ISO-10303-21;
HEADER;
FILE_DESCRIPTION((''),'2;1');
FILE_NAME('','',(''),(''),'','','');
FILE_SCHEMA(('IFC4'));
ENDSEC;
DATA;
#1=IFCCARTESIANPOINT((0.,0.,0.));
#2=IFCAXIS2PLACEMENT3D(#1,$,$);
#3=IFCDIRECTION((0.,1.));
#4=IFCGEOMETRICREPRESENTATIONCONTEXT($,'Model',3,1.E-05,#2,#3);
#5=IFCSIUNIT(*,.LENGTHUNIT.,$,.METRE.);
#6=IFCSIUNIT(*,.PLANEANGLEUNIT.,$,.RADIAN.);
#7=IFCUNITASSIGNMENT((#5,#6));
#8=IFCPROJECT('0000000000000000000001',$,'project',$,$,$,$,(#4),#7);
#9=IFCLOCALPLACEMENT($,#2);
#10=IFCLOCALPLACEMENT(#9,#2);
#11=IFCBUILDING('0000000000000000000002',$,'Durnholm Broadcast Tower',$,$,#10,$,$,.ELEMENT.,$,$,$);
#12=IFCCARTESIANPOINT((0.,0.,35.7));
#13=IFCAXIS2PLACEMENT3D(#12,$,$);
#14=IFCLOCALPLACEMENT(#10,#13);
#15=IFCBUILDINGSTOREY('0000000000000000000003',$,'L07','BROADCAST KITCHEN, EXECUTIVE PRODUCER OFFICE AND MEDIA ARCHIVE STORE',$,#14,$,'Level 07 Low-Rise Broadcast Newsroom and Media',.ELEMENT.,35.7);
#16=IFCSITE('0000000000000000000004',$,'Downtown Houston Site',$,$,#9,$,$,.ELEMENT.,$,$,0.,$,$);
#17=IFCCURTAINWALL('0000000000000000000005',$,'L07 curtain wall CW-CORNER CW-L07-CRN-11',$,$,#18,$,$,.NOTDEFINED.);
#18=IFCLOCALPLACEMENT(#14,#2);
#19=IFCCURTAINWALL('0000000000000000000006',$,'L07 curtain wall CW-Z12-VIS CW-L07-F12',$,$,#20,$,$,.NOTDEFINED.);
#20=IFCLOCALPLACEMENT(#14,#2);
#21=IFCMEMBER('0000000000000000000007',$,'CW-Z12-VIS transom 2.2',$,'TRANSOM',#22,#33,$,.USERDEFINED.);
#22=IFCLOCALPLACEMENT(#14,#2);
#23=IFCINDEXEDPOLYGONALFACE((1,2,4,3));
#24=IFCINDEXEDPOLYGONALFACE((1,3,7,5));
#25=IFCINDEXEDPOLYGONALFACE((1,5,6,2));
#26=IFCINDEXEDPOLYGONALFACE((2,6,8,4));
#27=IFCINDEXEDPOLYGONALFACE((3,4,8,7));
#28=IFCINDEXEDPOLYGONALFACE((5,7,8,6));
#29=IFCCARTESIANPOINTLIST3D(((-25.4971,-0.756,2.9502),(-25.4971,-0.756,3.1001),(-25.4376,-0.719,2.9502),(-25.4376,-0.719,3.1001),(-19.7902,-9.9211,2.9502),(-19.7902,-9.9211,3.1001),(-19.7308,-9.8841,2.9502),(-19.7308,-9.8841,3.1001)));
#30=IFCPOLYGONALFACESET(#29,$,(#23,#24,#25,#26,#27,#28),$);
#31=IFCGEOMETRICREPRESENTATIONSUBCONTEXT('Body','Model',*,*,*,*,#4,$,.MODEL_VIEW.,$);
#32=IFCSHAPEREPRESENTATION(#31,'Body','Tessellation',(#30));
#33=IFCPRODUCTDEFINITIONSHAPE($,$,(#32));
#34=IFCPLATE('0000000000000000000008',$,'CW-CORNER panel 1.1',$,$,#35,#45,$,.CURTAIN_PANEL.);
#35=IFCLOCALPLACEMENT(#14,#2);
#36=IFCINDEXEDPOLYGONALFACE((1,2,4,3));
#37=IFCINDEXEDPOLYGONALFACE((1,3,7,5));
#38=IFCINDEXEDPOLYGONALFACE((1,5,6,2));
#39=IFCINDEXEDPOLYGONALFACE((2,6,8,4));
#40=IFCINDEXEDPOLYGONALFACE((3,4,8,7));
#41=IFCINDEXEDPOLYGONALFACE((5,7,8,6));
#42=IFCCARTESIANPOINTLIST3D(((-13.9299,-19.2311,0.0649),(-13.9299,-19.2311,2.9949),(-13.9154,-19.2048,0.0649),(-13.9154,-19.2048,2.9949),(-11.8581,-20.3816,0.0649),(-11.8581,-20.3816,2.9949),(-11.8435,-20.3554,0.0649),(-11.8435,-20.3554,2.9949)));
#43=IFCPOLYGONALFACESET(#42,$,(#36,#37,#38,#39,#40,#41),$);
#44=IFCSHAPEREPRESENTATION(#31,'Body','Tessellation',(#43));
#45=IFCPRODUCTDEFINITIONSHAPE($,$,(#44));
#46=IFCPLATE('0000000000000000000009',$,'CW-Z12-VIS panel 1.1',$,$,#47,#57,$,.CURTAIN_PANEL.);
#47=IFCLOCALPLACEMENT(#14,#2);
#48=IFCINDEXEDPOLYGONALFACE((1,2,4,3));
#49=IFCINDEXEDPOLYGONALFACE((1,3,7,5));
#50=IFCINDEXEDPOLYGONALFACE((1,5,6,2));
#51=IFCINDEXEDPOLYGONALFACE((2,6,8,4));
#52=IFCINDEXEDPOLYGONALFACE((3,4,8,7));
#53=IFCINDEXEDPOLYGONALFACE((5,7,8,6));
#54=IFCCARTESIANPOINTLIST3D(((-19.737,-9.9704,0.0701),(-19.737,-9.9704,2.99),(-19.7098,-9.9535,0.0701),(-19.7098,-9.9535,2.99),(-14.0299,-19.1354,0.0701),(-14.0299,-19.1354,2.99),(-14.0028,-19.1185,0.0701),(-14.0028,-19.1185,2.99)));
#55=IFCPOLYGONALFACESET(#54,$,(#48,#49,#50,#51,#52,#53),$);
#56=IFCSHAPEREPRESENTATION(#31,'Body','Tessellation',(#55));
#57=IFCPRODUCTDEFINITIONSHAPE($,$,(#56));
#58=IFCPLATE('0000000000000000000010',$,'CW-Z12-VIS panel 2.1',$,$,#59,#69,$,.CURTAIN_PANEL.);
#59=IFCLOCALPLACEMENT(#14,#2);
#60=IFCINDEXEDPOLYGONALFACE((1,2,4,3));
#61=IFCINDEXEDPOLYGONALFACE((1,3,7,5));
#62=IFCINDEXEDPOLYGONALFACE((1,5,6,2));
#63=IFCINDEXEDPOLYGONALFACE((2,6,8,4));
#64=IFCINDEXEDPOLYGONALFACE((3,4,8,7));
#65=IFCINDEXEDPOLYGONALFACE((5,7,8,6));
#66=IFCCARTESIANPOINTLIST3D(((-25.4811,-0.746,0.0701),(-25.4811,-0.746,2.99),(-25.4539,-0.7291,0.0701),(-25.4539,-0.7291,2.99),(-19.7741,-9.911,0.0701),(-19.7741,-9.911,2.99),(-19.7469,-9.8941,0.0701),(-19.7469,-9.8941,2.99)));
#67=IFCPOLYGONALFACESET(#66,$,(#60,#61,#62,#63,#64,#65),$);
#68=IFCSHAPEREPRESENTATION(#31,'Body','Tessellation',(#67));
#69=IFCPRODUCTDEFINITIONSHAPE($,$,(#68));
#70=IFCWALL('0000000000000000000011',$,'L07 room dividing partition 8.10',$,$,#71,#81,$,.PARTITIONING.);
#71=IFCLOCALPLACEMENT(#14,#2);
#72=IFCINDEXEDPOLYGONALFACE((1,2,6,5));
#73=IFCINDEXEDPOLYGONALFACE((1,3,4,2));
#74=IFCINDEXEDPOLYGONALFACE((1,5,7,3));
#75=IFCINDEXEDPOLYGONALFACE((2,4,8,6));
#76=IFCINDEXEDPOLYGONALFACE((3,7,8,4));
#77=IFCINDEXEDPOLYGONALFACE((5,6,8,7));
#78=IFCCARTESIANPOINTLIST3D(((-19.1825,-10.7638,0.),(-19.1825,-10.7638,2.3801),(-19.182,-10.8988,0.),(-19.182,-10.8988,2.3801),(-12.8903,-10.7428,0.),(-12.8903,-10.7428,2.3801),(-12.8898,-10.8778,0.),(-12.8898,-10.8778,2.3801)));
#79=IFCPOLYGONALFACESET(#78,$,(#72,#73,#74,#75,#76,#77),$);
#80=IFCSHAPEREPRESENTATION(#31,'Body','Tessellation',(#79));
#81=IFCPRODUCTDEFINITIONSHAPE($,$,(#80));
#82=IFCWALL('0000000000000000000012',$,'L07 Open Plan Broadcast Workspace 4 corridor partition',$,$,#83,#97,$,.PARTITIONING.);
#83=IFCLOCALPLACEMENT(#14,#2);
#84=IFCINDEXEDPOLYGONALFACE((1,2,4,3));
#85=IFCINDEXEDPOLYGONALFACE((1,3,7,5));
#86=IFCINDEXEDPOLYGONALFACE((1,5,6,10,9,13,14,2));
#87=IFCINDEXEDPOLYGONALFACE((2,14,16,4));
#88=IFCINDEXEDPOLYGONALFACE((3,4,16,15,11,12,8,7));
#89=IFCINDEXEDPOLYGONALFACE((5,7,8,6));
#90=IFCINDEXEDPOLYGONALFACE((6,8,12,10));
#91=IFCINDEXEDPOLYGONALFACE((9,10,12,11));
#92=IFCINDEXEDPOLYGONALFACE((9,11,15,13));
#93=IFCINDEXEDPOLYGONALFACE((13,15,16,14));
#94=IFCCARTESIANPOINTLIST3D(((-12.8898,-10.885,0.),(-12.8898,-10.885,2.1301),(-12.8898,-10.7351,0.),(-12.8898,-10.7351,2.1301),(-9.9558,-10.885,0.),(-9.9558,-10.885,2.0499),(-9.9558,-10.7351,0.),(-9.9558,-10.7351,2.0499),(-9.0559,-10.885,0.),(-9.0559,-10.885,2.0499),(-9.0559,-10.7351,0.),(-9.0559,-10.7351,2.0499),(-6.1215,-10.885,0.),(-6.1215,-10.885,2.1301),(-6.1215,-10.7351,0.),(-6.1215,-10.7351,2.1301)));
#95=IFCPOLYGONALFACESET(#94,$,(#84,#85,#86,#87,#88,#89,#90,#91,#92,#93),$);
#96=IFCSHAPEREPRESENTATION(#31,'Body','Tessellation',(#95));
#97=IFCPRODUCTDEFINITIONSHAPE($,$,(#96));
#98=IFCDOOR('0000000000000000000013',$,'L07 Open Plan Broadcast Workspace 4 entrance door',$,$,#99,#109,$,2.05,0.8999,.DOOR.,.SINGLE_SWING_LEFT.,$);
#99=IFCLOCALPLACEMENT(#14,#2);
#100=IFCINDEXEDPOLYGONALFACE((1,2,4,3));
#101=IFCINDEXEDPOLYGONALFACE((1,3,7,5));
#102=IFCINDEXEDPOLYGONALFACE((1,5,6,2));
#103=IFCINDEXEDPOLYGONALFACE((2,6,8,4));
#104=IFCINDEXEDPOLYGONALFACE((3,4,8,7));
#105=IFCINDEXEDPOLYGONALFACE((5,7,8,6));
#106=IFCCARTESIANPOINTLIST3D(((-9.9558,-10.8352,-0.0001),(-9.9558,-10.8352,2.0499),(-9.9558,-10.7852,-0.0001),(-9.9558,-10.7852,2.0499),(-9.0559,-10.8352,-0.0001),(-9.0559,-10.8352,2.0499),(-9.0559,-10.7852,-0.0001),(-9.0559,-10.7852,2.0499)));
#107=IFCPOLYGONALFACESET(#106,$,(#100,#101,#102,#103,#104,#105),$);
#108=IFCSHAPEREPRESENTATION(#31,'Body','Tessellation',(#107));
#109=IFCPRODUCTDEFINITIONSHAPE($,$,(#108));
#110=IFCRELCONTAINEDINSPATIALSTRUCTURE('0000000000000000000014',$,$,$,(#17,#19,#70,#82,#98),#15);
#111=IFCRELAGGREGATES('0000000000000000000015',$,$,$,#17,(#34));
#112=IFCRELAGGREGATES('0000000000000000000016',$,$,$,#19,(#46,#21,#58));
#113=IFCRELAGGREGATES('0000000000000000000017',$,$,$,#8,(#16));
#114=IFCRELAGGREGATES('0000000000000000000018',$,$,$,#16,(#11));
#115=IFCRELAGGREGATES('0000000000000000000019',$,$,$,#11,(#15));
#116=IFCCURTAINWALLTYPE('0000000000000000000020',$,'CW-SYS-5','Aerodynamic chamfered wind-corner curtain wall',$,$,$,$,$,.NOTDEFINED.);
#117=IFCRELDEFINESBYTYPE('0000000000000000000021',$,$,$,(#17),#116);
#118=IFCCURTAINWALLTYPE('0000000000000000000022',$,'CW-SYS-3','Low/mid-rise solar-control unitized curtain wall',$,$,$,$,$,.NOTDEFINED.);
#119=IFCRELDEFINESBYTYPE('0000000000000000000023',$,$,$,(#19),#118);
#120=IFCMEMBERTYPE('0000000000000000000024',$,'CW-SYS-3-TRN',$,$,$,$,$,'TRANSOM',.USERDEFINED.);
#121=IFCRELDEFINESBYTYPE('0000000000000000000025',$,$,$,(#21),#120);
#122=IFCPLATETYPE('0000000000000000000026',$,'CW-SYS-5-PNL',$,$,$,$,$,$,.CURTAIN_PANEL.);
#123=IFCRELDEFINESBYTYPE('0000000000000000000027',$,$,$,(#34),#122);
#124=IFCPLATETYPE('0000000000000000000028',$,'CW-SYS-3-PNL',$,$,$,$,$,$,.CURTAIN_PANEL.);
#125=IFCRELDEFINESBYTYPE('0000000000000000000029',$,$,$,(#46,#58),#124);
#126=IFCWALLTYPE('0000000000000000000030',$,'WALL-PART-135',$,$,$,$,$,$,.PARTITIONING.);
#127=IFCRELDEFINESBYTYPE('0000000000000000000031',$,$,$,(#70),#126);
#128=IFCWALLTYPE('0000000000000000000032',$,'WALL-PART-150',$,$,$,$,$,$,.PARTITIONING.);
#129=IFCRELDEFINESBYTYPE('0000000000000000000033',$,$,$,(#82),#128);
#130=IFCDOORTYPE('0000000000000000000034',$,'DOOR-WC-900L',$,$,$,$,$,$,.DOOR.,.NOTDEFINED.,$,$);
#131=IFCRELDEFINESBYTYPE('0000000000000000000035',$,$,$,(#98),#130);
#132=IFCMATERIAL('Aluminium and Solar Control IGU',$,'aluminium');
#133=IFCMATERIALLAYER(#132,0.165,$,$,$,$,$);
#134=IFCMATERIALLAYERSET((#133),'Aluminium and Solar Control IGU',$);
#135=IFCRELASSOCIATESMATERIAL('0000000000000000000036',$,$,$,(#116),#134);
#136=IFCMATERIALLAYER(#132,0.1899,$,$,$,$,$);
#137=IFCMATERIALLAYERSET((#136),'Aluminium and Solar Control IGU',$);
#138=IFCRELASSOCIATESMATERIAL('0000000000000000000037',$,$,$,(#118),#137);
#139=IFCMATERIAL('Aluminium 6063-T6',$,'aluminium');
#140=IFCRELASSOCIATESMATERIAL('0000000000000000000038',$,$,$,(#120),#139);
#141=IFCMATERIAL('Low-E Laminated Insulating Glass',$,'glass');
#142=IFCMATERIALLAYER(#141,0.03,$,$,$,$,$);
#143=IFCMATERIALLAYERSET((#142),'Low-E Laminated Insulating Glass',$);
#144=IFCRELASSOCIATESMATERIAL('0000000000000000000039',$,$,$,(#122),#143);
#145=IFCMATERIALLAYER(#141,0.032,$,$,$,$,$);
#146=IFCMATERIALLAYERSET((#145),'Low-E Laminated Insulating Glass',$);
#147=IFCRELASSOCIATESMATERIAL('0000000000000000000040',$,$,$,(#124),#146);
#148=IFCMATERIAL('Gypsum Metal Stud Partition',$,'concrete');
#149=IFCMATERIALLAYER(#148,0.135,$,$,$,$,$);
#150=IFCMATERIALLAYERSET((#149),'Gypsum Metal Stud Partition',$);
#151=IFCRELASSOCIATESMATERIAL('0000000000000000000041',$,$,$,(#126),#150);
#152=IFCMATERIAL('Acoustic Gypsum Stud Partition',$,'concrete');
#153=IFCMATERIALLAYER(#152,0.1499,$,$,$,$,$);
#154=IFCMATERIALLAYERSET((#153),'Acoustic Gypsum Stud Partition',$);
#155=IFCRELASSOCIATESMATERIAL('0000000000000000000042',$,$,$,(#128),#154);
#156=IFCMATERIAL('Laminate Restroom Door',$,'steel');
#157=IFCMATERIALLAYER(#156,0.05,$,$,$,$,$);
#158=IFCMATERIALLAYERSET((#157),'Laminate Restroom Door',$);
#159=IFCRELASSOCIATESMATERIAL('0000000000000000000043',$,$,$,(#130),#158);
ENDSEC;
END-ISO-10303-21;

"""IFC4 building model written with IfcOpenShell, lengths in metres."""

from ifc_helpers import new_model, si_unit, direction, frame, frame_2d, origin, origin_2d, place, context, subcontext, project, spatial, rectangle, extrude, source, transform, mapped, material, layer, layer_set, material_profile, profile_set, type_object, type_shapes, element, fill, aggregate, save


model = new_model("IFC4")

# Units and contexts
model_context = context("Model", 3, precision=1e-05, world=origin(), true_north=direction((0.0, 1.0)))
body_context = subcontext(model_context, "Body", "Model", "MODEL_VIEW")
ifc_project = project(units=[si_unit("LENGTHUNIT", "METRE"), si_unit("PLANEANGLEUNIT", "RADIAN")], contexts=[model_context])

# Site, building, storey
site_placement = place(None, origin())
site = spatial("IfcSite", under=ifc_project, at=site_placement, Name="Downtown Houston Site", CompositionType="ELEMENT", RefElevation=0.0)
building_placement = place(site_placement, origin())
building = spatial("IfcBuilding", under=site, at=building_placement, Name="Durnholm Broadcast Tower", CompositionType="ELEMENT")
storey_placement = place(building_placement, frame((0.0, 0.0, 35.7)))
storey = spatial("IfcBuildingStorey", under=building, at=storey_placement, Name="L07", Description="BROADCAST KITCHEN, EXECUTIVE PRODUCER OFFICE AND MEDIA ARCHIVE STORE", LongName="Level 07 Low-Rise Broadcast Newsroom and Media", CompositionType="ELEMENT", Elevation=35.7)

# Shared definitions
ifc_material_1 = material(Name="Aluminium and Solar Control IGU", Category="aluminium")
ifc_layer_1 = layer(ifc_material_1, 0.165)
ifc_layer_set_1 = layer_set([ifc_layer_1], Name="Aluminium and Solar Control IGU")
curtain_wall_type_1 = type_object("IfcCurtainWallType", Name="CW-SYS-5", Description="Aerodynamic chamfered wind-corner curtain wall", PredefinedType="NOTDEFINED", material=ifc_layer_set_1)
ifc_material_2 = material(Name="Aluminium 6063-T6", Category="aluminium")

# Curtain wall
curtain_wall_1_placement = place(storey_placement, origin())
curtain_wall_1 = element("IfcCurtainWall", 1, at=curtain_wall_1_placement, inside=storey, type_object=curtain_wall_type_1, Name="L07 curtain wall CW-CORNER CW-L07-CRN-11", PredefinedType="NOTDEFINED")

# Shared definitions
ifc_layer_2 = layer(ifc_material_1, 0.1899)
ifc_layer_set_2 = layer_set([ifc_layer_2], Name="Aluminium and Solar Control IGU")
curtain_wall_type_2 = type_object("IfcCurtainWallType", Name="CW-SYS-3", Description="Low/mid-rise solar-control unitized curtain wall", PredefinedType="NOTDEFINED", material=ifc_layer_set_2)

# Curtain wall, member
curtain_wall_2_placement = place(storey_placement, origin())
curtain_wall_2 = element("IfcCurtainWall", 2, at=curtain_wall_2_placement, inside=storey, type_object=curtain_wall_type_2, Name="L07 curtain wall CW-Z12-VIS CW-L07-F12", PredefinedType="NOTDEFINED")
ifc_material_profile_1 = material_profile(ifc_material_2, rectangle(XDim=0.0701, YDim=0.1499, at=origin_2d()), Name="CWT70X150")
ifc_profile_set_1 = profile_set([ifc_material_profile_1], Name="Aluminium 6063-T6")
member_type_1 = type_object("IfcMemberType", Name="CW-SYS-3-TRN", ElementType="TRANSOM", PredefinedType="USERDEFINED", material=ifc_profile_set_1)
shared_shape_1 = source(origin(), body_context, "Body", "SweptSolid", [
    extrude(rectangle(XDim=0.0701, YDim=0.1499, at=origin_2d()), origin(), (0.0, 0.0, 1.0), 10.7966),
])
type_shapes(member_type_1, [shared_shape_1])
member_1_placement = place(storey_placement, frame((-19.7605, -9.9026, 3.0251), z_axis=(-0.528575, 0.848886, 0.0), x_axis=(-0.848886, -0.528575, 0.0)))
member_1 = element("IfcMember", 3, at=member_1_placement, type_object=member_type_1, Name="CW-Z12-VIS transom 2.2", ObjectType="TRANSOM", PredefinedType="USERDEFINED", context=body_context, shape_type="MappedRepresentation", body=[
    mapped(shared_shape_1, transform((0.0, 0.0, 0.0), x_axis=(1.0, 0.0, 0.0), y_axis=(0.0, 1.0, 0.0), z_axis=(0.0, 0.0, 1.0), scale=1.0)),
])

# Plates
ifc_material_3 = material(Name="Low-E Laminated Insulating Glass", Category="glass")
ifc_layer_3 = layer(ifc_material_3, 0.03)
ifc_layer_set_3 = layer_set([ifc_layer_3], Name="Low-E Laminated Insulating Glass")
plate_type_1 = type_object("IfcPlateType", Name="CW-SYS-5-PNL", PredefinedType="CURTAIN_PANEL", material=ifc_layer_set_3)
shared_shape_2 = source(origin(), body_context, "Body", "SweptSolid", [
    extrude(rectangle(XDim=2.3699, YDim=0.03, at=origin_2d()), origin(), (0.0, 0.0, 1.0), 2.9299),
])
type_shapes(plate_type_1, [shared_shape_2])
plate_1_placement = place(storey_placement, frame((-12.8867, -19.7932, 0.0649), z_axis=(0.0, 0.0, 1.0), x_axis=(-0.874246, 0.485483, 0.0)))
plate_1 = element("IfcPlate", 4, at=plate_1_placement, type_object=plate_type_1, Name="CW-CORNER panel 1.1", PredefinedType="CURTAIN_PANEL", context=body_context, shape_type="MappedRepresentation", body=[
    mapped(shared_shape_2, transform((0.0, 0.0, 0.0), x_axis=(1.0, 0.0, 0.0), y_axis=(0.0, 1.0, 0.0), z_axis=(0.0, 0.0, 1.0), scale=1.0)),
])
aggregate(curtain_wall_1, [plate_1])
ifc_layer_4 = layer(ifc_material_3, 0.032)
ifc_layer_set_4 = layer_set([ifc_layer_4], Name="Low-E Laminated Insulating Glass")
plate_type_2 = type_object("IfcPlateType", Name="CW-SYS-3-PNL", PredefinedType="CURTAIN_PANEL", material=ifc_layer_set_4)
shared_shape_3 = source(origin(), body_context, "Body", "SweptSolid", [
    extrude(rectangle(XDim=10.7966, YDim=0.032, at=origin_2d()), origin(), (0.0, 0.0, 1.0), 2.9199),
])
type_shapes(plate_type_2, [shared_shape_3])
plate_2_placement = place(storey_placement, frame((-16.8699, -14.5444, 0.0701), z_axis=(0.0, 0.0, 1.0), x_axis=(-0.528592, 0.848876, 0.0)))
plate_2 = element("IfcPlate", 5, at=plate_2_placement, type_object=plate_type_2, Name="CW-Z12-VIS panel 1.1", PredefinedType="CURTAIN_PANEL", context=body_context, shape_type="MappedRepresentation", body=[
    mapped(shared_shape_3, transform((0.0, 0.0, 0.0), x_axis=(1.0, 0.0, 0.0), y_axis=(0.0, 1.0, 0.0), z_axis=(0.0, 0.0, 1.0), scale=1.0)),
])
plate_3_placement = place(storey_placement, frame((-22.614, -5.3201, 0.0701), z_axis=(0.0, 0.0, 1.0), x_axis=(-0.528592, 0.848876, 0.0)))
plate_3 = element("IfcPlate", 6, at=plate_3_placement, type_object=plate_type_2, Name="CW-Z12-VIS panel 2.1", PredefinedType="CURTAIN_PANEL", context=body_context, shape_type="MappedRepresentation", body=[
    mapped(shared_shape_3, transform((0.0, 0.0, 0.0), x_axis=(1.0, 0.0, 0.0), y_axis=(0.0, 1.0, 0.0), z_axis=(0.0, 0.0, 1.0), scale=1.0)),
])
aggregate(curtain_wall_2, [plate_2, member_1, plate_3])

# Wall
ifc_material_4 = material(Name="Gypsum Metal Stud Partition", Category="concrete")
ifc_layer_5 = layer(ifc_material_4, 0.135)
ifc_layer_set_5 = layer_set([ifc_layer_5], Name="Gypsum Metal Stud Partition")
wall_type_1 = type_object("IfcWallType", Name="WALL-PART-135", PredefinedType="PARTITIONING", material=ifc_layer_set_5)
wall_1_placement = place(storey_placement, frame((-19.1821, -10.8313, 0.0), z_axis=(0.0, 0.0, 1.0), x_axis=(0.999994, 0.003337, 0.0)))
element("IfcWall", 7, at=wall_1_placement, inside=storey, type_object=wall_type_1, Name="L07 room dividing partition 8.10", PredefinedType="PARTITIONING", context=body_context, shape_type="SweptSolid", body=[
    extrude(rectangle(XDim=6.2922, YDim=0.135, at=frame_2d((3.146, 0.0))), origin(), (0.0, 0.0, 1.0), 2.3801),
])

# Wall, opening, door
ifc_material_5 = material(Name="Acoustic Gypsum Stud Partition", Category="concrete")
ifc_layer_6 = layer(ifc_material_5, 0.1499)
ifc_layer_set_6 = layer_set([ifc_layer_6], Name="Acoustic Gypsum Stud Partition")
wall_type_2 = type_object("IfcWallType", Name="WALL-PART-150", PredefinedType="PARTITIONING", material=ifc_layer_set_6)
wall_2_placement = place(storey_placement, frame((-12.8899, -10.8101, 0.0), z_axis=(0.0, 0.0, 1.0), x_axis=(1.0, 0.0, 0.0)))
wall_2 = element("IfcWall", 8, at=wall_2_placement, inside=storey, type_object=wall_type_2, Name="L07 Open Plan Broadcast Workspace 4 corridor partition", PredefinedType="PARTITIONING", context=body_context, shape_type="SweptSolid", body=[
    extrude(rectangle(XDim=6.7683, YDim=0.1499, at=frame_2d((3.3843, 0.0))), origin(), (0.0, 0.0, 1.0), 2.1301),
])
opening_placement = place(wall_2_placement, frame((2.9341, 0.0, 0.0)))
opening = element("IfcOpeningElement", 9, at=opening_placement, cuts=wall_2, PredefinedType="OPENING", context=body_context, shape_type="SweptSolid", body=[
    extrude(rectangle(XDim=0.8999, YDim=2.05, at=frame_2d((0.45, 1.0249))), frame((0.0, 0.085, 0.0), z_axis=(0.0, -1.0, 0.0), x_axis=(1.0, 0.0, 0.0)), (0.0, 0.0, 1.0), 0.1699),
])
ifc_material_6 = material(Name="Laminate Restroom Door", Category="steel")
ifc_layer_7 = layer(ifc_material_6, 0.05)
ifc_layer_set_7 = layer_set([ifc_layer_7], Name="Laminate Restroom Door")
door_type = type_object("IfcDoorType", Name="DOOR-WC-900L", OperationType="NOTDEFINED", PredefinedType="DOOR", material=ifc_layer_set_7)
shared_shape_4 = source(origin(), body_context, "Body", "SweptSolid", [
    extrude(rectangle(XDim=0.8999, YDim=2.05, at=frame_2d((0.45, 1.0249))), frame((0.0, 0.0249, 0.0), z_axis=(0.0, -1.0, 0.0), x_axis=(1.0, 0.0, 0.0)), (0.0, 0.0, 1.0), 0.05),
])
type_shapes(door_type, [shared_shape_4])
door_placement = place(opening_placement, origin())
door = element("IfcDoor", 10, at=door_placement, inside=storey, type_object=door_type, Name="L07 Open Plan Broadcast Workspace 4 entrance door", OperationType="SINGLE_SWING_LEFT", OverallHeight=2.05, OverallWidth=0.8999, PredefinedType="DOOR", context=body_context, shape_type="MappedRepresentation", body=[
    mapped(shared_shape_4, transform((0.0, 0.0, 0.0), x_axis=(1.0, 0.0, 0.0), y_axis=(0.0, 1.0, 0.0), z_axis=(0.0, 0.0, 1.0), scale=1.0)),
])
fill(opening, door)

save(model, "model.ifc")
